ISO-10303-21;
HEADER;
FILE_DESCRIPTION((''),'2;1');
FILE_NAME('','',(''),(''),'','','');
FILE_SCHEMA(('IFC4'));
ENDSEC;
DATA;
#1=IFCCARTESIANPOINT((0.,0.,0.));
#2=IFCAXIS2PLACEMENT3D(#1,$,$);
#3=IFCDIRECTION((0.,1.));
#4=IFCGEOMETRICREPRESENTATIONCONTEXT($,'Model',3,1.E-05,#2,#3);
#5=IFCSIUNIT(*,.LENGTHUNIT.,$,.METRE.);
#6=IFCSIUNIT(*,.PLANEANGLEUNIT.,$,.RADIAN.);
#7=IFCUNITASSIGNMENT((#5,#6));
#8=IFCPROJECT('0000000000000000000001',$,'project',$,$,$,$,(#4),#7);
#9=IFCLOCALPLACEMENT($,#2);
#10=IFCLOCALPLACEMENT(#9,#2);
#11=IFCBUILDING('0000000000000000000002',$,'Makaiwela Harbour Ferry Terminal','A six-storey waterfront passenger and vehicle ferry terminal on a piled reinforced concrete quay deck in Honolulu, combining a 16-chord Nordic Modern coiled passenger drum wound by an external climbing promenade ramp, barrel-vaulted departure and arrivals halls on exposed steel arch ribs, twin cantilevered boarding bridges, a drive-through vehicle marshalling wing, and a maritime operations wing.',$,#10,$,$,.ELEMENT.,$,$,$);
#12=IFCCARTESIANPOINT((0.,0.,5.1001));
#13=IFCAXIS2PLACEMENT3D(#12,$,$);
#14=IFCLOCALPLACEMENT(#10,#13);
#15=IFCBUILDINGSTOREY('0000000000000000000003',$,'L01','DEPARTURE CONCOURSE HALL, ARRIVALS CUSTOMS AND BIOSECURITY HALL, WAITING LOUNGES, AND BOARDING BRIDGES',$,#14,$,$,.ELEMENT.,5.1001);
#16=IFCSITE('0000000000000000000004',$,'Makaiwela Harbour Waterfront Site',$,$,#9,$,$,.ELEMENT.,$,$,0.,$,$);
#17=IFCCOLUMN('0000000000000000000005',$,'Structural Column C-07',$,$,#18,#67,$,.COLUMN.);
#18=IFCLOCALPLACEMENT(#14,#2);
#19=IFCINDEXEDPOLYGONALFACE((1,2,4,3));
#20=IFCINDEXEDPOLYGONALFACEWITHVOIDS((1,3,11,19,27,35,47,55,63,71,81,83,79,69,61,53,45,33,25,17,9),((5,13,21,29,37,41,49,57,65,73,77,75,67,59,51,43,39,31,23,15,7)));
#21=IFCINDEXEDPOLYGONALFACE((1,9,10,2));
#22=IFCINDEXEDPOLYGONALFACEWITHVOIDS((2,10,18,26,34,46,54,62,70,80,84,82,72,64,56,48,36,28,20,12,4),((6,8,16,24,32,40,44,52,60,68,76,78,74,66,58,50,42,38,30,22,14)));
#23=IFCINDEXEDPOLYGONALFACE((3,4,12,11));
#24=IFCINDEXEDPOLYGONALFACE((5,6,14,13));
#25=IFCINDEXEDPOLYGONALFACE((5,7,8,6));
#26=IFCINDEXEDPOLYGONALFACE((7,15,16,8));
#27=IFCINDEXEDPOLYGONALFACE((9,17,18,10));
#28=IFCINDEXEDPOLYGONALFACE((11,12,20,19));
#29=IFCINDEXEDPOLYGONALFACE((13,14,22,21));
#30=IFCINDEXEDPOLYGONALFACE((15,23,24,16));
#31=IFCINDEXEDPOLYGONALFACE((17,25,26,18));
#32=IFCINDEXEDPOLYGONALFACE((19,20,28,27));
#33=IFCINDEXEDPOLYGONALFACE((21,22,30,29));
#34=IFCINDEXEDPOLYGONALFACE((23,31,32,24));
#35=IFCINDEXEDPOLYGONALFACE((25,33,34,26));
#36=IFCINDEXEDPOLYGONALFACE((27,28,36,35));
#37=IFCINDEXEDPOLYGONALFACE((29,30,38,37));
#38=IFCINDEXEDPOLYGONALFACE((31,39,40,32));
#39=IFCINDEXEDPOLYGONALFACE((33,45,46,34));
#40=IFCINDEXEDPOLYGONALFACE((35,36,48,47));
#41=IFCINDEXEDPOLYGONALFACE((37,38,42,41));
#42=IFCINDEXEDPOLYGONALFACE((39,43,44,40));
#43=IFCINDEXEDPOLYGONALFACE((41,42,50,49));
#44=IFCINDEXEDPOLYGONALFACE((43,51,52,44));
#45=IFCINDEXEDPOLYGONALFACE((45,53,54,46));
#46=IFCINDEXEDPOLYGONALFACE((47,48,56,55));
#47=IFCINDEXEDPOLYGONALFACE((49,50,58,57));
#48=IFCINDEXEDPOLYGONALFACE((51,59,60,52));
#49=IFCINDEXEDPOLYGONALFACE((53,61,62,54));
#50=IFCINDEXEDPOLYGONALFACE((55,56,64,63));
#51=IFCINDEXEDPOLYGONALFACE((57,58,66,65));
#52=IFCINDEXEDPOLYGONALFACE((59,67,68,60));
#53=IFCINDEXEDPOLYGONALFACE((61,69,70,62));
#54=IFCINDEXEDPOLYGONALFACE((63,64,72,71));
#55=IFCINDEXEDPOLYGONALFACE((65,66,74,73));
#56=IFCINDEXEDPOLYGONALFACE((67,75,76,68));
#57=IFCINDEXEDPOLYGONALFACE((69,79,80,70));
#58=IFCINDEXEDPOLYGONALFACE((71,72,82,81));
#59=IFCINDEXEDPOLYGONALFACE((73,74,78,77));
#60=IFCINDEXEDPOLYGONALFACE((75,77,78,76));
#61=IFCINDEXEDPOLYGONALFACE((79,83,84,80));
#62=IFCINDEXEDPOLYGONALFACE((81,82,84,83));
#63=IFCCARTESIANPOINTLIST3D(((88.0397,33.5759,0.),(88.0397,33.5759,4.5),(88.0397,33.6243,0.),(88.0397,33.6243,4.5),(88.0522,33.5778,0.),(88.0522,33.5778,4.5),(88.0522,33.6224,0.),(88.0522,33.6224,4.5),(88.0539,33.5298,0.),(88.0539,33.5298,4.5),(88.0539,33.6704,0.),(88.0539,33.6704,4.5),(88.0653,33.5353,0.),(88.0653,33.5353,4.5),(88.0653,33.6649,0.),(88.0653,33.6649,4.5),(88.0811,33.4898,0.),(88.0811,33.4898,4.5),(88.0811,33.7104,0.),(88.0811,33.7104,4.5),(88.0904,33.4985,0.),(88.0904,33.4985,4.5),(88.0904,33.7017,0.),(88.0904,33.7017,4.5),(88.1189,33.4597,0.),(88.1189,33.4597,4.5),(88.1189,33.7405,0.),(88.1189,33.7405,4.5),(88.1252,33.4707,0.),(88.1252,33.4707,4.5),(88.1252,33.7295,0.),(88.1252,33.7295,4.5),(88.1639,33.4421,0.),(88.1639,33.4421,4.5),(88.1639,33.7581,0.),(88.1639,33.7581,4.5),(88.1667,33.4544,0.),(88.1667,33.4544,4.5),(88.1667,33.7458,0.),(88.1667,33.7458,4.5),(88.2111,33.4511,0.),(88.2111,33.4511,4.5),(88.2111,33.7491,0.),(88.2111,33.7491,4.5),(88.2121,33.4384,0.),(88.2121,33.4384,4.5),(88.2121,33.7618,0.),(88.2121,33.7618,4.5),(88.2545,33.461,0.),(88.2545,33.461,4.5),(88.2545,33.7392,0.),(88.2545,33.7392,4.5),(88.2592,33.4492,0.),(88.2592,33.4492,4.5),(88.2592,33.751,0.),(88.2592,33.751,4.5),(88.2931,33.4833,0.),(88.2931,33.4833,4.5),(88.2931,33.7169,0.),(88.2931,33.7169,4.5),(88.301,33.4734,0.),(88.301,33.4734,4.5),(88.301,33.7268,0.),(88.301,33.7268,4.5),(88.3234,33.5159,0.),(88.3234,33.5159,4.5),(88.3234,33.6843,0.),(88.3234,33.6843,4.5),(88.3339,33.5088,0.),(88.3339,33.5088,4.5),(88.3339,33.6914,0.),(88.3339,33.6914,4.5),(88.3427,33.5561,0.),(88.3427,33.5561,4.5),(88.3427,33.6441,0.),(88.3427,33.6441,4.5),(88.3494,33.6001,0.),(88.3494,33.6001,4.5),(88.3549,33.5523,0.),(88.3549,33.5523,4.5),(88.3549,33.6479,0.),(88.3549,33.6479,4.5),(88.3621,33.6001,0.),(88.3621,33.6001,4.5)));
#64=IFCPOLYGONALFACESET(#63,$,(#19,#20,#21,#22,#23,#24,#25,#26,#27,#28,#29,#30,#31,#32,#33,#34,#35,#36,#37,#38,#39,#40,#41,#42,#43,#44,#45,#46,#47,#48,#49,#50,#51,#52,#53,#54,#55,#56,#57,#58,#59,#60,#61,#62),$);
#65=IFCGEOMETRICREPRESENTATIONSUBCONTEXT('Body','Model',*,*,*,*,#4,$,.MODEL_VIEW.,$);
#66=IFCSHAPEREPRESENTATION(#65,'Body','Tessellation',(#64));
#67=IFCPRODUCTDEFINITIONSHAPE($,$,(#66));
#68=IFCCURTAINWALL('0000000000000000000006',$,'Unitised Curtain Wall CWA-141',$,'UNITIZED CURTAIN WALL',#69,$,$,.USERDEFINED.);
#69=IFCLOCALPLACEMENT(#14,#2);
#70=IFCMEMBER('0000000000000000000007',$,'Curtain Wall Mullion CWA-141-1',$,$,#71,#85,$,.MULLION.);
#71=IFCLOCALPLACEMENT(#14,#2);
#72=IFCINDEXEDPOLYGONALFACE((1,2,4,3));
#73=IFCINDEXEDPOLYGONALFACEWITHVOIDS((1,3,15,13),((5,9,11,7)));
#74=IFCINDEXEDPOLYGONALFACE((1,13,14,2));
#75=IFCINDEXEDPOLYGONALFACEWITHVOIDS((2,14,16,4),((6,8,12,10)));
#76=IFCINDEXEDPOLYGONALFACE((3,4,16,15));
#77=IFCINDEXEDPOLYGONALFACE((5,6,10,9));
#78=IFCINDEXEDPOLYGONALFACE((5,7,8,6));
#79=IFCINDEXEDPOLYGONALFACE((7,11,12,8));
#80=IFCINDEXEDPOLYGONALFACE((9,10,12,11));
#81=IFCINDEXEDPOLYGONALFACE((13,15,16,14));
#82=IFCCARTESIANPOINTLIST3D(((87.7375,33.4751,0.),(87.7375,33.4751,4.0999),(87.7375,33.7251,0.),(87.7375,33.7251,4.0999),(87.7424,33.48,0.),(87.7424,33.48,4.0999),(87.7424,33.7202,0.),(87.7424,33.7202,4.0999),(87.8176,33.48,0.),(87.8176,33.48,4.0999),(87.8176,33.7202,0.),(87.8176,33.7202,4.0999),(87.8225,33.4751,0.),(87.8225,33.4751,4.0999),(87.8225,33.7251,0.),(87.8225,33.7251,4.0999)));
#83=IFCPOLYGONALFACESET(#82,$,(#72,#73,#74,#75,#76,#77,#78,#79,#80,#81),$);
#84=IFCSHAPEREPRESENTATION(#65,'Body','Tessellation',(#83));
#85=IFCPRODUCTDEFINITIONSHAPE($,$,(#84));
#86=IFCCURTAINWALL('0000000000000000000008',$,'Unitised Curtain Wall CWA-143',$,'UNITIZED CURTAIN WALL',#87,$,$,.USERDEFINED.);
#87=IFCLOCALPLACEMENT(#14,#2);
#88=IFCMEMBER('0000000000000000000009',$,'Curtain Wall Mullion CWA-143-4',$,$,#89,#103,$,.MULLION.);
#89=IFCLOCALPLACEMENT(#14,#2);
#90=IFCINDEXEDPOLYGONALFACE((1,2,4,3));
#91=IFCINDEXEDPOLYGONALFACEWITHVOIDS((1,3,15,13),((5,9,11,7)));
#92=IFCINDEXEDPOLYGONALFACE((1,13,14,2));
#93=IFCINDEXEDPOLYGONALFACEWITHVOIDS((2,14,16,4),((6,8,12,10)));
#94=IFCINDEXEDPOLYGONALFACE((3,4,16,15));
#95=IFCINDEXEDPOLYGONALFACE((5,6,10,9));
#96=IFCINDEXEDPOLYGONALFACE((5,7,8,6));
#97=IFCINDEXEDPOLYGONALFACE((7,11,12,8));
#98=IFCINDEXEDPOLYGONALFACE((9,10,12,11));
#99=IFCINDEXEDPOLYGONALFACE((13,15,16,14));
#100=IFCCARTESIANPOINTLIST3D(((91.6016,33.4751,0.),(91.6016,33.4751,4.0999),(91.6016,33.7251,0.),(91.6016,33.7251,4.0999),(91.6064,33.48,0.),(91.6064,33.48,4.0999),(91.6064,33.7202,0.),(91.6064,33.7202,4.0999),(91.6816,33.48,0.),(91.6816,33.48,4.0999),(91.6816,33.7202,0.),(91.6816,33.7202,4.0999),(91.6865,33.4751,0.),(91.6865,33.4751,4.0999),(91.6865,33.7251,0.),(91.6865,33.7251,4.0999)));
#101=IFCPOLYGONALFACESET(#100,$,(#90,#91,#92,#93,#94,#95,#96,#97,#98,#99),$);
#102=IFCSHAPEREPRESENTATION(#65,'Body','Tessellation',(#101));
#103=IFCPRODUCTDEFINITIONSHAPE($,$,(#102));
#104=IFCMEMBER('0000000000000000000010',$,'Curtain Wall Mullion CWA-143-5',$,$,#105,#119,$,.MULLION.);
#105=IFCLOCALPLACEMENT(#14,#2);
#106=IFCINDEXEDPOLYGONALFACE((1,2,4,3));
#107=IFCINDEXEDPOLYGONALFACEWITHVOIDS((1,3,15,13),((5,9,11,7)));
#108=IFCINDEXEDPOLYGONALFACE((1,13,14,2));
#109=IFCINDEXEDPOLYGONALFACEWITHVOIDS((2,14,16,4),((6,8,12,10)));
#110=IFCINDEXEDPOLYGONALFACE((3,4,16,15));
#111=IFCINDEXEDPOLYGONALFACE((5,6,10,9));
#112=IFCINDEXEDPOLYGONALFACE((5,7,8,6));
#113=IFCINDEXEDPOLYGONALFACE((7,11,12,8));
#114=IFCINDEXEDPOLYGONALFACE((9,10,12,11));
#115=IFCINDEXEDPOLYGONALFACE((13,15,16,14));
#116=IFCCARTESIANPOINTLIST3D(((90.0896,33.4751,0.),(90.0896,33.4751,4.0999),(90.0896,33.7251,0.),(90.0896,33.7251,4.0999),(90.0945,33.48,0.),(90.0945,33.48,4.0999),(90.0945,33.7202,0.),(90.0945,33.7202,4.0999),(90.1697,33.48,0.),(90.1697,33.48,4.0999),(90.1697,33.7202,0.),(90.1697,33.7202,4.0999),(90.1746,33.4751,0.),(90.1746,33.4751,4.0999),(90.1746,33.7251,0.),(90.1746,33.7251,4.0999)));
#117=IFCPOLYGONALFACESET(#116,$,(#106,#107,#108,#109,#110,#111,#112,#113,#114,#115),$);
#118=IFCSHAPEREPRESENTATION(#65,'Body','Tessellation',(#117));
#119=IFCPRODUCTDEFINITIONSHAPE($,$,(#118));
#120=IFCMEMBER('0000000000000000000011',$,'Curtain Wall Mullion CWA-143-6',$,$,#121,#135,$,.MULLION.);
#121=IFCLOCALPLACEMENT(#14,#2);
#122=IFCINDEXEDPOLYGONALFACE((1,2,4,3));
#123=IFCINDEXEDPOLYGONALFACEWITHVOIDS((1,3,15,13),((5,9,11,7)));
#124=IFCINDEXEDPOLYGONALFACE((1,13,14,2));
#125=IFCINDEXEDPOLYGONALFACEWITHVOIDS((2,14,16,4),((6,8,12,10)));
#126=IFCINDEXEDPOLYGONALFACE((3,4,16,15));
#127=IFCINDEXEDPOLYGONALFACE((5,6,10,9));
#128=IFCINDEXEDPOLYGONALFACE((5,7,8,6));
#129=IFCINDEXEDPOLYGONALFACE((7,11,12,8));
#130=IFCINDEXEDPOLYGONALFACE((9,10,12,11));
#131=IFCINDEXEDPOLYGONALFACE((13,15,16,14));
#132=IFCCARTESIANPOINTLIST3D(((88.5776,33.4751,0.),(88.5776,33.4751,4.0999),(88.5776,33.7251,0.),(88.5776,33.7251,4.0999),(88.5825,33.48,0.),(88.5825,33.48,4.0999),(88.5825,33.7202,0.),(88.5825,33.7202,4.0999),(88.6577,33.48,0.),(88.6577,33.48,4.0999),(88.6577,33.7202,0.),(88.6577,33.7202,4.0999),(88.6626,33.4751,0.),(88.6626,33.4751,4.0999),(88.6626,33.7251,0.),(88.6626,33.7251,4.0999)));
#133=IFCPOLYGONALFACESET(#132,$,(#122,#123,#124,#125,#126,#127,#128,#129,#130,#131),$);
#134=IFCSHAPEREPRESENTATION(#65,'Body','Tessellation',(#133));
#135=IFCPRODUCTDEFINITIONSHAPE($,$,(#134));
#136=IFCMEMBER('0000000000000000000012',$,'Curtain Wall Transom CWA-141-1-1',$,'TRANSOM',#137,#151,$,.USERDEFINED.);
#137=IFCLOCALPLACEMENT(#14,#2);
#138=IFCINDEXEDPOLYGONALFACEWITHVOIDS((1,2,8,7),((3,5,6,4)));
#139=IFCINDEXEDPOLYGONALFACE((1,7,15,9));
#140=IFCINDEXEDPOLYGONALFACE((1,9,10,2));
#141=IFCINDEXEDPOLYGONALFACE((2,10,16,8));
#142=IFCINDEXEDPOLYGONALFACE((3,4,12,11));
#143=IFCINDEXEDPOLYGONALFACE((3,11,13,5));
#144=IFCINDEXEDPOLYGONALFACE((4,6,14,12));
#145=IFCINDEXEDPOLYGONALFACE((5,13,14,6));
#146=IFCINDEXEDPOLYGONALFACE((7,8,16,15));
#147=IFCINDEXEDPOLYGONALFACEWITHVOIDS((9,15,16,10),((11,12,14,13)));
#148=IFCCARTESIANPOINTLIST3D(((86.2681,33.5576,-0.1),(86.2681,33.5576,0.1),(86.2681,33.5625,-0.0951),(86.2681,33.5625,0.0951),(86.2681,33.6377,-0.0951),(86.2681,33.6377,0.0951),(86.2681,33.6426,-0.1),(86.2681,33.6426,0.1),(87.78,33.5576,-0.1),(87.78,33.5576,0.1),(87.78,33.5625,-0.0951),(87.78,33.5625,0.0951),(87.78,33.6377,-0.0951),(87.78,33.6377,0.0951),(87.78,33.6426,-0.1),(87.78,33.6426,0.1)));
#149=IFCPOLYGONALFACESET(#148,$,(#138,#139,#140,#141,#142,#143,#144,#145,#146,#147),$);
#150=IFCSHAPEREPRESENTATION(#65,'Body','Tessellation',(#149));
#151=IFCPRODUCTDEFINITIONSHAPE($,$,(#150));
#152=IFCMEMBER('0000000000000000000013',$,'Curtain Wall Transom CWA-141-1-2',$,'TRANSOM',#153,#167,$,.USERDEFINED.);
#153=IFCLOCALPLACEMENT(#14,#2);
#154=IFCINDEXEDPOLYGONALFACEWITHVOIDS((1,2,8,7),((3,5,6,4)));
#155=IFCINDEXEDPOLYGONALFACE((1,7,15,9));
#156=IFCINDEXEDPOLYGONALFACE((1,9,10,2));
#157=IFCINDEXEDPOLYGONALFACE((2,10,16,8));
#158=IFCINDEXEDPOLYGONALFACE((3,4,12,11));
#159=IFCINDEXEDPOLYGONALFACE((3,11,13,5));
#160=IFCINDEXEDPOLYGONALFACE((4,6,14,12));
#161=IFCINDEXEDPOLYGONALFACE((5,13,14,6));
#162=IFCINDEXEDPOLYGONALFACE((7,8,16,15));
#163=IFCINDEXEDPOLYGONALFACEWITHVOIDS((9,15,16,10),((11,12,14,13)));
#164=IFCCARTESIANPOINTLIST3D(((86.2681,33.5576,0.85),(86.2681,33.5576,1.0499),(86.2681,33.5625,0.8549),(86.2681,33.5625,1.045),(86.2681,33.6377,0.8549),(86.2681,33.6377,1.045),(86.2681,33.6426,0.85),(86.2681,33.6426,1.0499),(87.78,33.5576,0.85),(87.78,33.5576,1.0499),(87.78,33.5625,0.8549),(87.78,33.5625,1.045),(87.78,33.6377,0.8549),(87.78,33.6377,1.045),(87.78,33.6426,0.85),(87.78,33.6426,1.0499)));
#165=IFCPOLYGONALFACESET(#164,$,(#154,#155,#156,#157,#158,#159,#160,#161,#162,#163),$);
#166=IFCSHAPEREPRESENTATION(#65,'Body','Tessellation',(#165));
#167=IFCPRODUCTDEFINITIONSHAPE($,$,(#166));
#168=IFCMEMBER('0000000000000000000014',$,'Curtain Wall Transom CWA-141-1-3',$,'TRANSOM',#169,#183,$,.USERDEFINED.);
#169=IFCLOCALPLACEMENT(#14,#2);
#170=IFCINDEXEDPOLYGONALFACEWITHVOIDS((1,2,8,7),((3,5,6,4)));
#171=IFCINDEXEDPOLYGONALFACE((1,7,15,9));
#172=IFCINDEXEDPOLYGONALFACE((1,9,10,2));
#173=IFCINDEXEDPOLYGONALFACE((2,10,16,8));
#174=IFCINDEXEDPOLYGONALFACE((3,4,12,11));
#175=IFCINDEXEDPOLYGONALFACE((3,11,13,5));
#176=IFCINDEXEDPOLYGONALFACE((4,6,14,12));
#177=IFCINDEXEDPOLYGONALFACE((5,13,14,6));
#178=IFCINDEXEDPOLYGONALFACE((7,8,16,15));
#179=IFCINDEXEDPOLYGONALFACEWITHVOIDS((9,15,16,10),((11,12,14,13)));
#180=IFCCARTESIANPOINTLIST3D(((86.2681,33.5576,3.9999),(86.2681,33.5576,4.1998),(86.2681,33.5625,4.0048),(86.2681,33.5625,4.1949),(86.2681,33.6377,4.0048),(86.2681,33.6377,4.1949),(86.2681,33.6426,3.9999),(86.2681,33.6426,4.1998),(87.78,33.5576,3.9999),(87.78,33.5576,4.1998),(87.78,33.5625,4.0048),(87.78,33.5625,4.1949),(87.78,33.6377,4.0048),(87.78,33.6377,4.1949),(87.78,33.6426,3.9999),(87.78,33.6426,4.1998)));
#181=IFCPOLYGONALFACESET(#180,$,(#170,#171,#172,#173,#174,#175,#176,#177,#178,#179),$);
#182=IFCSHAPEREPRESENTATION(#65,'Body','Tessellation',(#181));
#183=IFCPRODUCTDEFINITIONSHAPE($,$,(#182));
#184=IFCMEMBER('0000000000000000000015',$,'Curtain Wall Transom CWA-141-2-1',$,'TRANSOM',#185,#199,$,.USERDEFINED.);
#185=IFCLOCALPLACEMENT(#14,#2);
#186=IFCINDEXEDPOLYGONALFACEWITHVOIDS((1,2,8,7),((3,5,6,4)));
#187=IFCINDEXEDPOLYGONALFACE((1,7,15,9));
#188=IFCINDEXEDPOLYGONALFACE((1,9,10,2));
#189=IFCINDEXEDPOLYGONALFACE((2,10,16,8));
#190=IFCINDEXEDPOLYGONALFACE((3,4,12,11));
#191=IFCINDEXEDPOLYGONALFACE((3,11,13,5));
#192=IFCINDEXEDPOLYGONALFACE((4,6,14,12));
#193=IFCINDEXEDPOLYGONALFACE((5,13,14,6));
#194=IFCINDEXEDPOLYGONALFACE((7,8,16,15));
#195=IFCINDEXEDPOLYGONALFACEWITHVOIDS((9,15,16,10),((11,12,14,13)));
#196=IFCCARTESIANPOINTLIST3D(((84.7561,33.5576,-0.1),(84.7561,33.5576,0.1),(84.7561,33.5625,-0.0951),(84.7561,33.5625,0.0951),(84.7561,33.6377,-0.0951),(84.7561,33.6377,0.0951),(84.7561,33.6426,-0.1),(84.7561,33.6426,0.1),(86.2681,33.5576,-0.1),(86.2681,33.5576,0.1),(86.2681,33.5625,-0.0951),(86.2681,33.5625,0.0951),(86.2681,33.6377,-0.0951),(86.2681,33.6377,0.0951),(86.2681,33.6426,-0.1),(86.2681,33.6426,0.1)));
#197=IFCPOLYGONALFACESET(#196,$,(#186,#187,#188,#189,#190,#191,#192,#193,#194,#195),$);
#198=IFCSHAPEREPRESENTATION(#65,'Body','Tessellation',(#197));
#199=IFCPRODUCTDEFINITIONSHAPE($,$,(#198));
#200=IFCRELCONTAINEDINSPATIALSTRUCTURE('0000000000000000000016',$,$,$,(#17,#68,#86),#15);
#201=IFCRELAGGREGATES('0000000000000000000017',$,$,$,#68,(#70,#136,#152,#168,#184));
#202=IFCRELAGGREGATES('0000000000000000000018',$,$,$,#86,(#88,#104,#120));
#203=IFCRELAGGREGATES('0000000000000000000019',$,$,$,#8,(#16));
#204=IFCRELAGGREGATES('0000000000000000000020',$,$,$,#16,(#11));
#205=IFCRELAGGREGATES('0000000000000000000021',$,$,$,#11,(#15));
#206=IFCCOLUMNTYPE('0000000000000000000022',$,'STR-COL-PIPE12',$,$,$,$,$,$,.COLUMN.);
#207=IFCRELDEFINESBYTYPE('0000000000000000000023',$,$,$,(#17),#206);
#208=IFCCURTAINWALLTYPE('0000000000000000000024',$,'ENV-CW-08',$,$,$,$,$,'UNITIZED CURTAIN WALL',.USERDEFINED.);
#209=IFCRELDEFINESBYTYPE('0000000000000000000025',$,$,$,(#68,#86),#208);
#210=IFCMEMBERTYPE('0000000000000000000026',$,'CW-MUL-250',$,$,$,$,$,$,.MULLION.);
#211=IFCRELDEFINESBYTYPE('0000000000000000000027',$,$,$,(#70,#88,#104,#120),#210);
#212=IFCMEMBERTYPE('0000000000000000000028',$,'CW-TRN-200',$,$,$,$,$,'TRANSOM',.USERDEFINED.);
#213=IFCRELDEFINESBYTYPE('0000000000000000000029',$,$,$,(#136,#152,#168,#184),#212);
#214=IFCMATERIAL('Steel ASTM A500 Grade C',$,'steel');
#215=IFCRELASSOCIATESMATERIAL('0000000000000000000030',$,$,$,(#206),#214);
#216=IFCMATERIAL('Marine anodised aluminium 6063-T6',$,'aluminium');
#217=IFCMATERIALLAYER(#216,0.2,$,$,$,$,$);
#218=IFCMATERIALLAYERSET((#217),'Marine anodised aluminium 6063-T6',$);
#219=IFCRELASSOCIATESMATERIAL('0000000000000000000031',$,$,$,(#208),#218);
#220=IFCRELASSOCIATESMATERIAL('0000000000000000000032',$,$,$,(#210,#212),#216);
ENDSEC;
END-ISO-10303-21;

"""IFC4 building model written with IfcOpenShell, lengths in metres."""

from ifc_helpers import new_model, si_unit, direction, frame, origin, origin_2d, place, context, subcontext, project, spatial, hollow_rectangle, hollow_circle, extrude, material, layer, layer_set, material_profile, profile_set, type_object, element, aggregate, save


model = new_model("IFC4")

# Units and contexts
model_context = context("Model", 3, precision=1e-05, world=origin(), true_north=direction((0.0, 1.0)))
body_context = subcontext(model_context, "Body", "Model", "MODEL_VIEW")
ifc_project = project(units=[si_unit("LENGTHUNIT", "METRE"), si_unit("PLANEANGLEUNIT", "RADIAN")], contexts=[model_context])

# Site, building, storey
site_placement = place(None, origin())
site = spatial("IfcSite", under=ifc_project, at=site_placement, Name="Makaiwela Harbour Waterfront Site", CompositionType="ELEMENT", RefElevation=0.0)
building_placement = place(site_placement, origin())
building = spatial("IfcBuilding", under=site, at=building_placement, Name="Makaiwela Harbour Ferry Terminal", Description="A six-storey waterfront passenger and vehicle ferry terminal on a piled reinforced concrete quay deck in Honolulu, combining a 16-chord Nordic Modern coiled passenger drum wound by an external climbing promenade ramp, barrel-vaulted departure and arrivals halls on exposed steel arch ribs, twin cantilevered boarding bridges, a drive-through vehicle marshalling wing, and a maritime operations wing.", CompositionType="ELEMENT")
storey_placement = place(building_placement, frame((0.0, 0.0, 5.1001)))
storey = spatial("IfcBuildingStorey", under=building, at=storey_placement, Name="L01", Description="DEPARTURE CONCOURSE HALL, ARRIVALS CUSTOMS AND BIOSECURITY HALL, WAITING LOUNGES, AND BOARDING BRIDGES", CompositionType="ELEMENT", Elevation=5.1001)

# Column
ifc_material_1 = material(Name="Steel ASTM A500 Grade C", Category="steel")
ifc_material_profile_1 = material_profile(ifc_material_1, hollow_circle(Radius=0.1621, WallThickness=0.0127, at=origin_2d()), Name="PIPE12XS")
ifc_profile_set_1 = profile_set([ifc_material_profile_1], Name="Steel ASTM A500 Grade C")
column_type = type_object("IfcColumnType", Name="STR-COL-PIPE12", PredefinedType="COLUMN", material=ifc_profile_set_1)
column_placement = place(storey_placement, frame((88.2, 33.6001, 0.0), z_axis=(0.0, 0.0, 1.0), x_axis=(1.0, 0.0, 0.0)))
element("IfcColumn", 1, at=column_placement, inside=storey, type_object=column_type, Name="Structural Column C-07", PredefinedType="COLUMN", context=body_context, shape_type="SweptSolid", body=[
    extrude(hollow_circle(Radius=0.1621, WallThickness=0.0127, at=origin_2d()), origin(), (0.0, 0.0, 1.0), 4.5),
])

# Curtain wall, member
ifc_material_2 = material(Name="Marine anodised aluminium 6063-T6", Category="aluminium")
ifc_layer_1 = layer(ifc_material_2, 0.2)
ifc_layer_set_1 = layer_set([ifc_layer_1], Name="Marine anodised aluminium 6063-T6")
curtain_wall_type = type_object("IfcCurtainWallType", Name="ENV-CW-08", ElementType="UNITIZED CURTAIN WALL", PredefinedType="USERDEFINED", material=ifc_layer_set_1)
curtain_wall_1_placement = place(storey_placement, origin())
curtain_wall_1 = element("IfcCurtainWall", 2, at=curtain_wall_1_placement, inside=storey, type_object=curtain_wall_type, Name="Unitised Curtain Wall CWA-141", ObjectType="UNITIZED CURTAIN WALL", PredefinedType="USERDEFINED")
ifc_material_profile_2 = material_profile(ifc_material_2, hollow_rectangle(XDim=0.085, YDim=0.25, WallThickness=0.0049, at=origin_2d()), Name="CWM-250X85")
ifc_profile_set_2 = profile_set([ifc_material_profile_2], Name="Marine anodised aluminium 6063-T6")
member_type_1 = type_object("IfcMemberType", Name="CW-MUL-250", PredefinedType="MULLION", material=ifc_profile_set_2)
member_1_placement = place(storey_placement, frame((87.78, 33.6001, 0.0), z_axis=(0.0, 0.0, 1.0), x_axis=(1.0, 0.0, 0.0)))
member_1 = element("IfcMember", 3, at=member_1_placement, type_object=member_type_1, Name="Curtain Wall Mullion CWA-141-1", PredefinedType="MULLION", context=body_context, shape_type="SweptSolid", body=[
    extrude(hollow_rectangle(XDim=0.085, YDim=0.25, WallThickness=0.0049, at=origin_2d()), origin(), (0.0, 0.0, 1.0), 4.0999),
])

# Curtain wall, members
curtain_wall_2_placement = place(storey_placement, origin())
curtain_wall_2 = element("IfcCurtainWall", 4, at=curtain_wall_2_placement, inside=storey, type_object=curtain_wall_type, Name="Unitised Curtain Wall CWA-143", ObjectType="UNITIZED CURTAIN WALL", PredefinedType="USERDEFINED")
member_2_placement = place(storey_placement, frame((91.644, 33.6001, 0.0), z_axis=(0.0, 0.0, 1.0), x_axis=(1.0, 0.0, 0.0)))
member_2 = element("IfcMember", 5, at=member_2_placement, type_object=member_type_1, Name="Curtain Wall Mullion CWA-143-4", PredefinedType="MULLION", context=body_context, shape_type="SweptSolid", body=[
    extrude(hollow_rectangle(XDim=0.085, YDim=0.25, WallThickness=0.0049, at=origin_2d()), origin(), (0.0, 0.0, 1.0), 4.0999),
])
member_3_placement = place(storey_placement, frame((90.1321, 33.6001, 0.0), z_axis=(0.0, 0.0, 1.0), x_axis=(1.0, 0.0, 0.0)))
member_3 = element("IfcMember", 6, at=member_3_placement, type_object=member_type_1, Name="Curtain Wall Mullion CWA-143-5", PredefinedType="MULLION", context=body_context, shape_type="SweptSolid", body=[
    extrude(hollow_rectangle(XDim=0.085, YDim=0.25, WallThickness=0.0049, at=origin_2d()), origin(), (0.0, 0.0, 1.0), 4.0999),
])
member_4_placement = place(storey_placement, frame((88.6201, 33.6001, 0.0), z_axis=(0.0, 0.0, 1.0), x_axis=(1.0, 0.0, 0.0)))
member_4 = element("IfcMember", 7, at=member_4_placement, type_object=member_type_1, Name="Curtain Wall Mullion CWA-143-6", PredefinedType="MULLION", context=body_context, shape_type="SweptSolid", body=[
    extrude(hollow_rectangle(XDim=0.085, YDim=0.25, WallThickness=0.0049, at=origin_2d()), origin(), (0.0, 0.0, 1.0), 4.0999),
])

# Members
ifc_material_profile_3 = material_profile(ifc_material_2, hollow_rectangle(XDim=0.085, YDim=0.2, WallThickness=0.0049, at=origin_2d()), Name="CWT-200X85")
ifc_profile_set_3 = profile_set([ifc_material_profile_3], Name="Marine anodised aluminium 6063-T6")
member_type_2 = type_object("IfcMemberType", Name="CW-TRN-200", ElementType="TRANSOM", PredefinedType="USERDEFINED", material=ifc_profile_set_3)
member_5_placement = place(storey_placement, frame((87.78, 33.6001, 0.0), z_axis=(-1.0, 0.0, 0.0), x_axis=(0.0, -1.0, 0.0)))
member_5 = element("IfcMember", 8, at=member_5_placement, type_object=member_type_2, Name="Curtain Wall Transom CWA-141-1-1", ObjectType="TRANSOM", PredefinedType="USERDEFINED", context=body_context, shape_type="SweptSolid", body=[
    extrude(hollow_rectangle(XDim=0.085, YDim=0.2, WallThickness=0.0049, at=origin_2d()), origin(), (0.0, 0.0, 1.0), 1.512),
])
member_6_placement = place(storey_placement, frame((87.78, 33.6001, 0.95), z_axis=(-1.0, 0.0, 0.0), x_axis=(0.0, -1.0, 0.0)))
member_6 = element("IfcMember", 9, at=member_6_placement, type_object=member_type_2, Name="Curtain Wall Transom CWA-141-1-2", ObjectType="TRANSOM", PredefinedType="USERDEFINED", context=body_context, shape_type="SweptSolid", body=[
    extrude(hollow_rectangle(XDim=0.085, YDim=0.2, WallThickness=0.0049, at=origin_2d()), origin(), (0.0, 0.0, 1.0), 1.512),
])
member_7_placement = place(storey_placement, frame((87.78, 33.6001, 4.0999), z_axis=(-1.0, 0.0, 0.0), x_axis=(0.0, -1.0, 0.0)))
member_7 = element("IfcMember", 10, at=member_7_placement, type_object=member_type_2, Name="Curtain Wall Transom CWA-141-1-3", ObjectType="TRANSOM", PredefinedType="USERDEFINED", context=body_context, shape_type="SweptSolid", body=[
    extrude(hollow_rectangle(XDim=0.085, YDim=0.2, WallThickness=0.0049, at=origin_2d()), origin(), (0.0, 0.0, 1.0), 1.512),
])
member_8_placement = place(storey_placement, frame((86.2681, 33.6001, 0.0), z_axis=(-1.0, 0.0, 0.0), x_axis=(0.0, -1.0, 0.0)))
member_8 = element("IfcMember", 11, at=member_8_placement, type_object=member_type_2, Name="Curtain Wall Transom CWA-141-2-1", ObjectType="TRANSOM", PredefinedType="USERDEFINED", context=body_context, shape_type="SweptSolid", body=[
    extrude(hollow_rectangle(XDim=0.085, YDim=0.2, WallThickness=0.0049, at=origin_2d()), origin(), (0.0, 0.0, 1.0), 1.512),
])

aggregate(curtain_wall_1, [member_1, member_5, member_6, member_7, member_8])
aggregate(curtain_wall_2, [member_2, member_3, member_4])

save(model, "model.ifc")
